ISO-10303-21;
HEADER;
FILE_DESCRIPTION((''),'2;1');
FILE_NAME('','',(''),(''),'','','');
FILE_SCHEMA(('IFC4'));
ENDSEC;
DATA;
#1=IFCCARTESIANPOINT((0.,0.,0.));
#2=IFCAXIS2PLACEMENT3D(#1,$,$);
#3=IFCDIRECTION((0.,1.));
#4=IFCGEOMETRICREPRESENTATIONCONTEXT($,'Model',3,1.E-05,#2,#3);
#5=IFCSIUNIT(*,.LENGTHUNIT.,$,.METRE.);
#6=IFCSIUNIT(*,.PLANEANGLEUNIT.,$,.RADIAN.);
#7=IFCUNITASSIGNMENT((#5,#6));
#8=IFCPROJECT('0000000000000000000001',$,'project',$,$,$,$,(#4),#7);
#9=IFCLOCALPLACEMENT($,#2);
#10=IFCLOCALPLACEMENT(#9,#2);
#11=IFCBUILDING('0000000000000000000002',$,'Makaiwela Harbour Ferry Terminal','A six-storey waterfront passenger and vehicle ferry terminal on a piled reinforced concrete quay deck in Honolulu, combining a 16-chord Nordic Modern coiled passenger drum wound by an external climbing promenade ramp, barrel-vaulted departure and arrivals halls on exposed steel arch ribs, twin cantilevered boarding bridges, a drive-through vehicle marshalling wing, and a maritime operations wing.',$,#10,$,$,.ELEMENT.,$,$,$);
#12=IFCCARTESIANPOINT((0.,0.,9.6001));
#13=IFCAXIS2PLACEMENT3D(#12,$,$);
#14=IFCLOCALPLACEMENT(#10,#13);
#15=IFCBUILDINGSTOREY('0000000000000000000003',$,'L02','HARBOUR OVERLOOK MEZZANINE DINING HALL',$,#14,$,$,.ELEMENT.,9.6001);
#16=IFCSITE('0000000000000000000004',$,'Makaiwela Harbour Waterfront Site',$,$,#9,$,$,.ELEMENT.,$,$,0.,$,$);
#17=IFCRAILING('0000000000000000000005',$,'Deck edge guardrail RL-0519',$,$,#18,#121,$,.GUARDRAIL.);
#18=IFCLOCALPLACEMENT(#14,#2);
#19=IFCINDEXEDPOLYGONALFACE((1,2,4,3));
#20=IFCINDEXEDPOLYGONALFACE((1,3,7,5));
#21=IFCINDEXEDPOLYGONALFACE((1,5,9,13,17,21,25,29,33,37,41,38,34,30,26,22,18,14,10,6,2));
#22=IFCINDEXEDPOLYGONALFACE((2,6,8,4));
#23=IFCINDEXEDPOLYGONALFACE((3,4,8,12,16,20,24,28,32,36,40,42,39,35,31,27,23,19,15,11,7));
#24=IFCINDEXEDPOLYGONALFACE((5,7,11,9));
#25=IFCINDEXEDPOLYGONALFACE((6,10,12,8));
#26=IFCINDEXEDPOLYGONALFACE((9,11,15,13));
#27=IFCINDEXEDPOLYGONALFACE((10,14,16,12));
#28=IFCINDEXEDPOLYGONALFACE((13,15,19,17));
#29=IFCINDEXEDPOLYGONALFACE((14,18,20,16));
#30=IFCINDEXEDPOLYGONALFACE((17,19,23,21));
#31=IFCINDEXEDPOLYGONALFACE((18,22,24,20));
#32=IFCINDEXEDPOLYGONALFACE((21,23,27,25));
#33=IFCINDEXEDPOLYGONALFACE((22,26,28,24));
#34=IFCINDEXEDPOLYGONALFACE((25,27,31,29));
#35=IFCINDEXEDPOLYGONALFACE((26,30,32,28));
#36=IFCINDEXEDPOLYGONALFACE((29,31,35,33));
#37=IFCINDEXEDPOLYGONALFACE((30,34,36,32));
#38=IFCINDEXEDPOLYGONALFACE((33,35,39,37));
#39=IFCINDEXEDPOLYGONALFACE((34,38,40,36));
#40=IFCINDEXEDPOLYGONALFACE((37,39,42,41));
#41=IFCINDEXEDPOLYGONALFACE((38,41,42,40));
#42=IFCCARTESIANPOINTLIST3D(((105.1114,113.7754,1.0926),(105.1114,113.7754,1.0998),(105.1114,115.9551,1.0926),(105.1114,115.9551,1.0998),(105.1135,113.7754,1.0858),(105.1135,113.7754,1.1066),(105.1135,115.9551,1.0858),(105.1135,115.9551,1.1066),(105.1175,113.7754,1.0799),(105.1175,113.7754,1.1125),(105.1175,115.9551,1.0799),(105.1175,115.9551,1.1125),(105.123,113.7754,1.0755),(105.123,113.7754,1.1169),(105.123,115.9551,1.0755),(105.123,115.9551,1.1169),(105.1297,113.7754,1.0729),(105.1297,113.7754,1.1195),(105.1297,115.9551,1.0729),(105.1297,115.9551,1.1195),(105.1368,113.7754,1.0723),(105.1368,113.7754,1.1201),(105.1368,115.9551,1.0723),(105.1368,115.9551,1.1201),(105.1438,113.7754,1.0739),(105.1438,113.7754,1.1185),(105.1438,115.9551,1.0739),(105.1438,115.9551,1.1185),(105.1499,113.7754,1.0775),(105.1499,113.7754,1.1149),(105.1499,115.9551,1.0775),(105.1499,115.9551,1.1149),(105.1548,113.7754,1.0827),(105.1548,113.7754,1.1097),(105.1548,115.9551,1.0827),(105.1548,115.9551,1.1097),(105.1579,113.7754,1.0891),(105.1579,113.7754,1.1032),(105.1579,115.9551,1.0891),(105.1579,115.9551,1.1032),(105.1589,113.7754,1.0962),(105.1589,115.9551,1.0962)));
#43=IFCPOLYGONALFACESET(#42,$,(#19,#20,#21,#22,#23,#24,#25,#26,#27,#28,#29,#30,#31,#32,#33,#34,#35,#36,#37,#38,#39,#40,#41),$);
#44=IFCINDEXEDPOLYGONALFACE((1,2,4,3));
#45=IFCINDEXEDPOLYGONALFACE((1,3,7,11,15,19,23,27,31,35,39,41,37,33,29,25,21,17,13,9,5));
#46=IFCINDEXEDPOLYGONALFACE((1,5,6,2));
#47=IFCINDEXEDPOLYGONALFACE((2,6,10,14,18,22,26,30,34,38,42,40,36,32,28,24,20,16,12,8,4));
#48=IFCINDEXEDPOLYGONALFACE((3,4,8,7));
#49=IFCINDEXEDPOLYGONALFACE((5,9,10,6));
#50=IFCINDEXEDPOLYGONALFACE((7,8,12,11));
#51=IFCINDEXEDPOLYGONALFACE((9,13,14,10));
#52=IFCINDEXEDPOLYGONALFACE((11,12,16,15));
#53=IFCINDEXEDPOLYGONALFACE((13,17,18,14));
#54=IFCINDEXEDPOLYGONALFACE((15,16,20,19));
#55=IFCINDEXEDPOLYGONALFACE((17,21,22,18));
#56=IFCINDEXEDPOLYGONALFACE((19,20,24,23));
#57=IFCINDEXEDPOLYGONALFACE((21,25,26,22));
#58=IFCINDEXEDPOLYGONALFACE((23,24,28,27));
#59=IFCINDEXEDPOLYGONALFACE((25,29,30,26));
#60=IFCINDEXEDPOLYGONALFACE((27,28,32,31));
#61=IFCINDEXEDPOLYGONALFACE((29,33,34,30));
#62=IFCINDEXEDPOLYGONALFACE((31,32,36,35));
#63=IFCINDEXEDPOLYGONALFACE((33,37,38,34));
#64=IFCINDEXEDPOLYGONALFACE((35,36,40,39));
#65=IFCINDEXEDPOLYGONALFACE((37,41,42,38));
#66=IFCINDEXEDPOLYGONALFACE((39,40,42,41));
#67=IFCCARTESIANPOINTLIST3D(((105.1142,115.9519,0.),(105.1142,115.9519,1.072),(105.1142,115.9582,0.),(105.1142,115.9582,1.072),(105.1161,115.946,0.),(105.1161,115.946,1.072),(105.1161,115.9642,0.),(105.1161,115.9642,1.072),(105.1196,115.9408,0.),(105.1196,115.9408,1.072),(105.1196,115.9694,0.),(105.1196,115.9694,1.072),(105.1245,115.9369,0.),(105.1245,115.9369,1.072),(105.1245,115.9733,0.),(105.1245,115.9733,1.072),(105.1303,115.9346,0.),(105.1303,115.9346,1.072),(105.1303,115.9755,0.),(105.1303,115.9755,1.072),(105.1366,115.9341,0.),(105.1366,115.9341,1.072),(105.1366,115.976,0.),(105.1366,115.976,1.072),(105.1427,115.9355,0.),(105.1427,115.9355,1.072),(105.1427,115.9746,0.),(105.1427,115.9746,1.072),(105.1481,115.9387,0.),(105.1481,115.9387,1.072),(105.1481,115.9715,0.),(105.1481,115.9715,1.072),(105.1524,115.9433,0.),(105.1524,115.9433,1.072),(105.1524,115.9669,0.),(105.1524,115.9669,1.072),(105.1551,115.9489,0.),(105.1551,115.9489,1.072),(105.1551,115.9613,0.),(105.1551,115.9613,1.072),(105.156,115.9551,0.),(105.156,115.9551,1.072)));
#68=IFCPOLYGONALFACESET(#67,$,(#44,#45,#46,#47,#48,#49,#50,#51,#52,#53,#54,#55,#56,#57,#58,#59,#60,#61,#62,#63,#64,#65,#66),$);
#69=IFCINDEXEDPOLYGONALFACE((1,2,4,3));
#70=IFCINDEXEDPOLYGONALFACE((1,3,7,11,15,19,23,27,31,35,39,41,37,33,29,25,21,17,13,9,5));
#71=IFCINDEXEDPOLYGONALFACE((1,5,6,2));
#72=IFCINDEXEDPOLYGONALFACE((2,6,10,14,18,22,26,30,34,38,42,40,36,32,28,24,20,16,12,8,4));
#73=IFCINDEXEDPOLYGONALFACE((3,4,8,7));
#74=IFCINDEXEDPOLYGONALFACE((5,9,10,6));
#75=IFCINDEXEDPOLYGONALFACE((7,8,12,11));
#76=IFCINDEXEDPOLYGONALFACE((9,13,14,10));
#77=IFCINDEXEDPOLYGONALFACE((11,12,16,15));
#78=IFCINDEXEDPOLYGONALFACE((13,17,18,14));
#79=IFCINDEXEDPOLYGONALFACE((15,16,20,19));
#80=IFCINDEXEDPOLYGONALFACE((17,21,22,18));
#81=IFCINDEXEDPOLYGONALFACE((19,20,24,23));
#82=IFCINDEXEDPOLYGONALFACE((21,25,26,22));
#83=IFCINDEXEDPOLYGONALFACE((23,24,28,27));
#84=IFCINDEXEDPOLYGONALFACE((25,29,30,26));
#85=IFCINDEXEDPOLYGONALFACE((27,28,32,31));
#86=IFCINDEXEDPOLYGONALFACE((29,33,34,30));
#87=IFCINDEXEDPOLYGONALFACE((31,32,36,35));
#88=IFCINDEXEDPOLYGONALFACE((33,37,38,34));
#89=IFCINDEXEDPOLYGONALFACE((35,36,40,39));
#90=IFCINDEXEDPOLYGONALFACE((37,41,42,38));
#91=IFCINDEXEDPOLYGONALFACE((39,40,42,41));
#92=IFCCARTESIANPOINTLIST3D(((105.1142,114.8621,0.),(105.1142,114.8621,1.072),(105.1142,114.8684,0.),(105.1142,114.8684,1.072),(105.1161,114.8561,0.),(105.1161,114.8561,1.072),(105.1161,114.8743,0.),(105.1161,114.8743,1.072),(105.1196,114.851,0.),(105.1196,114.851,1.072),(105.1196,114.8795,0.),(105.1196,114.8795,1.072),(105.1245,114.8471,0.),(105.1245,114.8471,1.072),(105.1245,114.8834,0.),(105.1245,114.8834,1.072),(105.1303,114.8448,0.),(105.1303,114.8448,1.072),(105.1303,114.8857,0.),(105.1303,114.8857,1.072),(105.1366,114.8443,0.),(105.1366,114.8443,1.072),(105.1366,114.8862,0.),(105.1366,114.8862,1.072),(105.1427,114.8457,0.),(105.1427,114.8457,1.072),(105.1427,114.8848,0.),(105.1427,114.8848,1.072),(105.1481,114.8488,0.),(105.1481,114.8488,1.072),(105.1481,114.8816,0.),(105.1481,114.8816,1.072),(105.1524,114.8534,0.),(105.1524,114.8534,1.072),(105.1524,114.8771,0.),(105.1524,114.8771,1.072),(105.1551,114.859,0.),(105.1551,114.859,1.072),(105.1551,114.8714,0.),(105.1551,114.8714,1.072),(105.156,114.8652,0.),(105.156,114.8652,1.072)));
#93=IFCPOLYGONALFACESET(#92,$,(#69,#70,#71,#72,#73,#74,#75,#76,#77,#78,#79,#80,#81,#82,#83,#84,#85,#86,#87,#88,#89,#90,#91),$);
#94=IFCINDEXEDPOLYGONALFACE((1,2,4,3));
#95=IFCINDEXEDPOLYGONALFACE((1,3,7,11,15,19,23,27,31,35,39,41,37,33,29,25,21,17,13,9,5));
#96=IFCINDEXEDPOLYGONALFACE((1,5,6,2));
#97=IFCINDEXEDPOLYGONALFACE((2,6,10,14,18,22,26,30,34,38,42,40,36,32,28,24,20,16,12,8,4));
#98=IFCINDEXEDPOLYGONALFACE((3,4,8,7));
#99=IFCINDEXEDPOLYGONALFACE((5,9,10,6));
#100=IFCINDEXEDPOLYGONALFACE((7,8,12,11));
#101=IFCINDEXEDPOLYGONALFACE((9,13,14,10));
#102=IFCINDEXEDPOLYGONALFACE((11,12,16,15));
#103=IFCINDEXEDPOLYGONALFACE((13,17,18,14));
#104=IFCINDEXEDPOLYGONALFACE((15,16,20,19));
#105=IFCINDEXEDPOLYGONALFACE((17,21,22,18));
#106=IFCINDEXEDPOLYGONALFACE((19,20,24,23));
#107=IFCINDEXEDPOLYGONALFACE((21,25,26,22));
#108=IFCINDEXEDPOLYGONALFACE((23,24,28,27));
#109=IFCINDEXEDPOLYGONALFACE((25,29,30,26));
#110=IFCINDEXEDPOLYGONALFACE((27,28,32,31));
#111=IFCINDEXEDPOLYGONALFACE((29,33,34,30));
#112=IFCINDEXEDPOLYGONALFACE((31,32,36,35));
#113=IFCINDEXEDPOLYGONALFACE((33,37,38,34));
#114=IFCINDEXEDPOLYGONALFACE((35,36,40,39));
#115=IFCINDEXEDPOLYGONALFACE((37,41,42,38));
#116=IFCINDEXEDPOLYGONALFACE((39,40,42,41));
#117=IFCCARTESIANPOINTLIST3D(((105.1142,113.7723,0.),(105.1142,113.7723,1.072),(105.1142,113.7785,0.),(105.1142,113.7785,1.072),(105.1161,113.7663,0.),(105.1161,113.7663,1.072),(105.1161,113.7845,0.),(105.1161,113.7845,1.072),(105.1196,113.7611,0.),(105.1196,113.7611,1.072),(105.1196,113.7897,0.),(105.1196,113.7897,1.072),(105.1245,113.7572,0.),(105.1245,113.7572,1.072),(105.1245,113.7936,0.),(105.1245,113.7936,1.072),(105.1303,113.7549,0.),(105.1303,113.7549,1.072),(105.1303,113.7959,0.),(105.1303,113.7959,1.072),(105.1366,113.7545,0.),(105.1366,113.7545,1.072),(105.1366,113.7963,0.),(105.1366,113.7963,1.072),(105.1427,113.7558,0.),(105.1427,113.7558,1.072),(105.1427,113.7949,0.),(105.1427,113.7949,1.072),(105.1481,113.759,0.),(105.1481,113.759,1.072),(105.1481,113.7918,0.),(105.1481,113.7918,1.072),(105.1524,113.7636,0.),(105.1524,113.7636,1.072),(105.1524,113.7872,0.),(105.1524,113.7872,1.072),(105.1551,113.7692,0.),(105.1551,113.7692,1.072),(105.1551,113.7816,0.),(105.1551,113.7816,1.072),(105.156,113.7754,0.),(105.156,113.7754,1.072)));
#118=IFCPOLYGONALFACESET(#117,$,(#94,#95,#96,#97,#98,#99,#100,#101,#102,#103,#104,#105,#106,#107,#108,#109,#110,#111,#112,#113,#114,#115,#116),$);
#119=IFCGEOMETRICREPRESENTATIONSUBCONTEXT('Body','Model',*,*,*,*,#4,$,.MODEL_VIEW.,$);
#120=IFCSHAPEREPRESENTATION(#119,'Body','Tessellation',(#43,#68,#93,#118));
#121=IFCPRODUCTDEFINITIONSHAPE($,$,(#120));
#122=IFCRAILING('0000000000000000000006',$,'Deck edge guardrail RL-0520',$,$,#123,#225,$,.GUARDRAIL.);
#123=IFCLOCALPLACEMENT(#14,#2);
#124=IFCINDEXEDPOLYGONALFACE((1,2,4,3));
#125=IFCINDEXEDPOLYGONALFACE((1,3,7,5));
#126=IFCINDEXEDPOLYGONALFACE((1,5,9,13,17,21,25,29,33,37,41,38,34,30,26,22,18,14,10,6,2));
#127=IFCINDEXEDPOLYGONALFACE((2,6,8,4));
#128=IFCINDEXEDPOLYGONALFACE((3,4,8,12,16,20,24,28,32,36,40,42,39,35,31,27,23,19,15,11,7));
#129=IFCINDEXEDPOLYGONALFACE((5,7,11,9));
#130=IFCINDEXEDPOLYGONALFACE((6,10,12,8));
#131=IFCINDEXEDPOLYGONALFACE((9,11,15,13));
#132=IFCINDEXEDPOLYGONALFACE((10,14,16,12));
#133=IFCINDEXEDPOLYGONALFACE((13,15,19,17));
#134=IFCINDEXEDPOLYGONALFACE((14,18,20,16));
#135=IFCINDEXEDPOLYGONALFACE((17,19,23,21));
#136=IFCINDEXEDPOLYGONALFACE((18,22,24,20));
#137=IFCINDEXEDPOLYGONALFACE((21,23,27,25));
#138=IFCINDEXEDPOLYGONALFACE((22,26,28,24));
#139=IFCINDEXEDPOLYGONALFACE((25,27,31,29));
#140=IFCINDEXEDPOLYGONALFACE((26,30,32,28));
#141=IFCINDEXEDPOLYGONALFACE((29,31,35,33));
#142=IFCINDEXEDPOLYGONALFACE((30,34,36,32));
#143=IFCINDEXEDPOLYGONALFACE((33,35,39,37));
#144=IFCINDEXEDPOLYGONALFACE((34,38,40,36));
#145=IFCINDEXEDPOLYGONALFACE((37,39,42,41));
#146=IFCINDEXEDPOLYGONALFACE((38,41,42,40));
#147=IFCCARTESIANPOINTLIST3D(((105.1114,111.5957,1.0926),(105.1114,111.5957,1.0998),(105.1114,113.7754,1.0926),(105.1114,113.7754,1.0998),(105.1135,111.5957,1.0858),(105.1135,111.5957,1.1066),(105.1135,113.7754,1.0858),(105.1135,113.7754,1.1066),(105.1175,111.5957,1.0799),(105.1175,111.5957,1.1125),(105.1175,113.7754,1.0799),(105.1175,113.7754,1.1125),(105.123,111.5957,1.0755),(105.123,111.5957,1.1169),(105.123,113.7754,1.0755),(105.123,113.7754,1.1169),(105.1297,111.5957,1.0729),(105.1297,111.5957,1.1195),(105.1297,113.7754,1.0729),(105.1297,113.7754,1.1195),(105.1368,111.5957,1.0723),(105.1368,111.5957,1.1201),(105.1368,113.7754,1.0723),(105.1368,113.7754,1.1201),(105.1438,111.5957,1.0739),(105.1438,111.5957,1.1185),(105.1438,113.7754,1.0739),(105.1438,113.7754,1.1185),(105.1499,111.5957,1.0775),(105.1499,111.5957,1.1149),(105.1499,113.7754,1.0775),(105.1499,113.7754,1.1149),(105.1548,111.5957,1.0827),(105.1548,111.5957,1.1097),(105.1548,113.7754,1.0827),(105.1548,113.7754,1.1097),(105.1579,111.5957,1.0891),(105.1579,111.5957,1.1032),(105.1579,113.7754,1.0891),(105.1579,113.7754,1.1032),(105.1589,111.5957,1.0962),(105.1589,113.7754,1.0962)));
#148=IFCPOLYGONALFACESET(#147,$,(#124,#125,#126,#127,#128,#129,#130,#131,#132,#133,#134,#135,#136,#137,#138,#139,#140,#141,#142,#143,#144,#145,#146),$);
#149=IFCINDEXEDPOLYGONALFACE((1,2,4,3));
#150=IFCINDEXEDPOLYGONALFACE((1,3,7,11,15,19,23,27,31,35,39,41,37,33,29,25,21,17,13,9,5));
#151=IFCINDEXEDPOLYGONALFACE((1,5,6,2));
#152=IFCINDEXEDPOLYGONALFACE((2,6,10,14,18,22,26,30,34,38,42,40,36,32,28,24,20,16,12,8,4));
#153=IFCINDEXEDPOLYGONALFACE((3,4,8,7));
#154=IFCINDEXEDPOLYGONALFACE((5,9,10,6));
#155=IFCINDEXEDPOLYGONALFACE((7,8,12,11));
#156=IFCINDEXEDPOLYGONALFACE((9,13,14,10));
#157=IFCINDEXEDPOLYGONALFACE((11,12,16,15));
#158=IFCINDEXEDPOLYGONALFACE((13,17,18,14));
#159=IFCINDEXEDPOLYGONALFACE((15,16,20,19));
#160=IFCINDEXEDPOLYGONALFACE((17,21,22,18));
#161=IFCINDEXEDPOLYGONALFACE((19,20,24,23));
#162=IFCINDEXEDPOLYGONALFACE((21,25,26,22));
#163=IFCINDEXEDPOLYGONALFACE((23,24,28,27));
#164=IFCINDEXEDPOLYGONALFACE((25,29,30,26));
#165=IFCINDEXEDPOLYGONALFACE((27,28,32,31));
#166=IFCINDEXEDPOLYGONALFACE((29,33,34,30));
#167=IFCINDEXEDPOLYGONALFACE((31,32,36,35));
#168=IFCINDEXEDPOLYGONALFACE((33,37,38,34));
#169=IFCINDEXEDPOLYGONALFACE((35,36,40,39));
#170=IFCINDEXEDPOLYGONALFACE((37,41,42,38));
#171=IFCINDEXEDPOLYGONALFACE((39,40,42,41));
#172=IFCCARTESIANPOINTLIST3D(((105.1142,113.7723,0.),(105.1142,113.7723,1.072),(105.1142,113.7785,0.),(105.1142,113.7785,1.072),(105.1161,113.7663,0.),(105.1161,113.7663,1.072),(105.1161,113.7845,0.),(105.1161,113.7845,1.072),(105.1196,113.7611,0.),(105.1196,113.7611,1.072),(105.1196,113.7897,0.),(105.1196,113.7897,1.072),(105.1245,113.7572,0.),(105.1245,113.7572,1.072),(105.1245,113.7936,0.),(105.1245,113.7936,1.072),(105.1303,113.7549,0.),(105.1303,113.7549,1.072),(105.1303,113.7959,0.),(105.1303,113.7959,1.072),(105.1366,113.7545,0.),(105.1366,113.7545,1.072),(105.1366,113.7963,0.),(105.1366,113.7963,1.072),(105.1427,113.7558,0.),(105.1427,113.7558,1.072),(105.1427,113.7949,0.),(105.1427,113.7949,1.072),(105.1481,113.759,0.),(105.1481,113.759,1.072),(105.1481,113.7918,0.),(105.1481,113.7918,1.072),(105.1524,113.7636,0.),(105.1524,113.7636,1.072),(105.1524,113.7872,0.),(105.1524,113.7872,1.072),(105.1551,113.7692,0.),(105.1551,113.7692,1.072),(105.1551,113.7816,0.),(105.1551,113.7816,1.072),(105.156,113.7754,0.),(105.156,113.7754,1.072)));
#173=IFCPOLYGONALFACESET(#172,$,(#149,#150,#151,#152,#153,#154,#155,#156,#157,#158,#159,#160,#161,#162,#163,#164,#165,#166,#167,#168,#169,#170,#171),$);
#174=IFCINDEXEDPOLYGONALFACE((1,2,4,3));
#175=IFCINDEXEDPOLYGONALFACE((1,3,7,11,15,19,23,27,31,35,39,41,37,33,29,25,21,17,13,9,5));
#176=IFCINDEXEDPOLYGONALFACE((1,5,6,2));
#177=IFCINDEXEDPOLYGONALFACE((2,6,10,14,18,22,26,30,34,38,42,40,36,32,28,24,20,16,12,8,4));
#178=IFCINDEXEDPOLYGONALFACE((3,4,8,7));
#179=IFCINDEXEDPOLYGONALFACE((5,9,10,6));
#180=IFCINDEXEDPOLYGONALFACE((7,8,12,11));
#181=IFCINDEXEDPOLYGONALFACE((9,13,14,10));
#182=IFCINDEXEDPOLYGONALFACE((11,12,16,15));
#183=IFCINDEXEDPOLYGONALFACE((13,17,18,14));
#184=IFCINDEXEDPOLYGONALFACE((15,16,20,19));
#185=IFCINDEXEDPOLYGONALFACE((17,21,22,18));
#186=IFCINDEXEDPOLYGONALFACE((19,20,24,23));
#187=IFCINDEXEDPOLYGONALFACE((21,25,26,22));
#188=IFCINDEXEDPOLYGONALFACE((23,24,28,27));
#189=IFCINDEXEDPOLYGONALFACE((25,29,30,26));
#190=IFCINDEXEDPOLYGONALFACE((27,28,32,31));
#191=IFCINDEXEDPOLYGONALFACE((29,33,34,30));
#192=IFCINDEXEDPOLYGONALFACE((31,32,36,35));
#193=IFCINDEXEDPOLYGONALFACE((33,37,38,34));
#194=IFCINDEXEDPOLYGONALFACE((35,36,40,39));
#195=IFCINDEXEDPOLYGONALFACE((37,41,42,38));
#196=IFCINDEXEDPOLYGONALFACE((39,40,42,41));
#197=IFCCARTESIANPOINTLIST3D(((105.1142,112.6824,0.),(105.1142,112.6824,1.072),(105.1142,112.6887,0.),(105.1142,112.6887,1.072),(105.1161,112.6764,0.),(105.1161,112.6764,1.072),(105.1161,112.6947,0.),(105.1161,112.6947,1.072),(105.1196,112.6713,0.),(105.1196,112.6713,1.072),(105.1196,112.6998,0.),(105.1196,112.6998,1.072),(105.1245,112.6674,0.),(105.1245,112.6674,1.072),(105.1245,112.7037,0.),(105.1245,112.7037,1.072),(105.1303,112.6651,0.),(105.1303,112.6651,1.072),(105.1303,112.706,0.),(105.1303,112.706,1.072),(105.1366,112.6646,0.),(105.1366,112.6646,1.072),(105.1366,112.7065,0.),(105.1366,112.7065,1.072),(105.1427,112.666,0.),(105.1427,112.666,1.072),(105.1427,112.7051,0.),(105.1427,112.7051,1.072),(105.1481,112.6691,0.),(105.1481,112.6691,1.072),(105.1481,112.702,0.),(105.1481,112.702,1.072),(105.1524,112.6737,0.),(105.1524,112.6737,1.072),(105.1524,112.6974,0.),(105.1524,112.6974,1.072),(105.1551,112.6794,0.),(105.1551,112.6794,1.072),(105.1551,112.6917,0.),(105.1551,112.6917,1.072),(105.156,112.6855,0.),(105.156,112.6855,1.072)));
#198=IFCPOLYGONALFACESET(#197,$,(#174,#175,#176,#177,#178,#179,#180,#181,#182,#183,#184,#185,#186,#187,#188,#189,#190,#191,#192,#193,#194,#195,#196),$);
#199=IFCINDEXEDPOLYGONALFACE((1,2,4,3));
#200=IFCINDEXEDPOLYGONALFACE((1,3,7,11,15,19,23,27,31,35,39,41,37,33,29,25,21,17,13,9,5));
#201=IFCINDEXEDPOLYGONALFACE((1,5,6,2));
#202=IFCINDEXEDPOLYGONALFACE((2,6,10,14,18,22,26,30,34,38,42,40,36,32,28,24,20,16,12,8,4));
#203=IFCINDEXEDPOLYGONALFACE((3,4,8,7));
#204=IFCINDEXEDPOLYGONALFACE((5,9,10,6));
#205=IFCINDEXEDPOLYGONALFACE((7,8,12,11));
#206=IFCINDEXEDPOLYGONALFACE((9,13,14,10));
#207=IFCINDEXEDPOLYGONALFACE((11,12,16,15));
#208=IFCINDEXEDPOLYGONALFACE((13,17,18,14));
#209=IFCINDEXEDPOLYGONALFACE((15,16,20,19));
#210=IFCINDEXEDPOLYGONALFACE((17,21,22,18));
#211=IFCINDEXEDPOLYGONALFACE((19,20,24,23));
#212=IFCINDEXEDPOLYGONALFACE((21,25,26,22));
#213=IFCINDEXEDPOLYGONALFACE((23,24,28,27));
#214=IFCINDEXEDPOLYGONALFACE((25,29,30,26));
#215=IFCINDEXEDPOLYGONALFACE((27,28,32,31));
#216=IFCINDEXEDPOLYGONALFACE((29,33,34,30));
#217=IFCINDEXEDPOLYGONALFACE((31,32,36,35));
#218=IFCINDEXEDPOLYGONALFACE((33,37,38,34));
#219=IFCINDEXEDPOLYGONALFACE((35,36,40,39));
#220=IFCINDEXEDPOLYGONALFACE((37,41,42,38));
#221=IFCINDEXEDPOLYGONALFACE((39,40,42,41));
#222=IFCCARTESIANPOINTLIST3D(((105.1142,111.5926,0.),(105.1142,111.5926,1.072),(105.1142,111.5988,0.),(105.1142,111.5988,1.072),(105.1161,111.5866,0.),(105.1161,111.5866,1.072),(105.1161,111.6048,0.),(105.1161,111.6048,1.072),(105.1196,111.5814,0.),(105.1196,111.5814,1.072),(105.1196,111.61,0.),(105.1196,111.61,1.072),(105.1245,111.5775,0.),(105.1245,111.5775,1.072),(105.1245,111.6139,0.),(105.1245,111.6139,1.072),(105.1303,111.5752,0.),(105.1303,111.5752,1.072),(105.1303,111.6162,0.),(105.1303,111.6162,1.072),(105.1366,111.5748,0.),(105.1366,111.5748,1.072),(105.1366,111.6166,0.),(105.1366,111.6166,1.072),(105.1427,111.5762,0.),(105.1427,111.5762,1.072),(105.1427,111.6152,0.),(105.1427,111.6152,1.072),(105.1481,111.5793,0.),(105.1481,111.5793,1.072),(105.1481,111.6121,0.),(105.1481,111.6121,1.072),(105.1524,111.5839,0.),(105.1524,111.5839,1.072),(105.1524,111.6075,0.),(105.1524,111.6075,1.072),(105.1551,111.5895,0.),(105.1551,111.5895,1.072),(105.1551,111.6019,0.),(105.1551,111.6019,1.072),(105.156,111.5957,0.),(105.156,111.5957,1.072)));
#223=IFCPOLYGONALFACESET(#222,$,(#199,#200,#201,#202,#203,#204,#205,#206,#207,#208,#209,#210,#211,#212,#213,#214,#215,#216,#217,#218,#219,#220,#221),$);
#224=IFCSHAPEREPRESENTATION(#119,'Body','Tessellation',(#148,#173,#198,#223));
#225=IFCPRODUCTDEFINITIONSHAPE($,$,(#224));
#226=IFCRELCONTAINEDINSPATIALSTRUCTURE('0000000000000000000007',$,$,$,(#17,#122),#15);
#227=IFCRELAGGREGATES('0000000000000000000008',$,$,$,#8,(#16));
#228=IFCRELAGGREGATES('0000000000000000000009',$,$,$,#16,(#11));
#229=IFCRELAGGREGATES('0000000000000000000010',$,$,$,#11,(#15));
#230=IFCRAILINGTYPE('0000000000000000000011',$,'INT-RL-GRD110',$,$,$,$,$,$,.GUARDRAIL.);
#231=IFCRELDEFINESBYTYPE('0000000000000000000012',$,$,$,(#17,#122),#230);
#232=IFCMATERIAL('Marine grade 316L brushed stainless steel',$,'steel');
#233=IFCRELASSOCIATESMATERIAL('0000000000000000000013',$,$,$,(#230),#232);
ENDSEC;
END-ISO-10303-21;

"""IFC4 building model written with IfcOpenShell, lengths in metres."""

from ifc_helpers import new_model, si_unit, direction, frame, origin, origin_2d, place, context, subcontext, project, spatial, circle, extrude, material, type_object, element, save


model = new_model("IFC4")

# Units and contexts
model_context = context("Model", 3, precision=1e-05, world=origin(), true_north=direction((0.0, 1.0)))
body_context = subcontext(model_context, "Body", "Model", "MODEL_VIEW")
ifc_project = project(units=[si_unit("LENGTHUNIT", "METRE"), si_unit("PLANEANGLEUNIT", "RADIAN")], contexts=[model_context])

# Site, building, storey
site_placement = place(None, origin())
site = spatial("IfcSite", under=ifc_project, at=site_placement, Name="Makaiwela Harbour Waterfront Site", CompositionType="ELEMENT", RefElevation=0.0)
building_placement = place(site_placement, origin())
building = spatial("IfcBuilding", under=site, at=building_placement, Name="Makaiwela Harbour Ferry Terminal", Description="A six-storey waterfront passenger and vehicle ferry terminal on a piled reinforced concrete quay deck in Honolulu, combining a 16-chord Nordic Modern coiled passenger drum wound by an external climbing promenade ramp, barrel-vaulted departure and arrivals halls on exposed steel arch ribs, twin cantilevered boarding bridges, a drive-through vehicle marshalling wing, and a maritime operations wing.", CompositionType="ELEMENT")
storey_placement = place(building_placement, frame((0.0, 0.0, 9.6001)))
storey = spatial("IfcBuildingStorey", under=building, at=storey_placement, Name="L02", Description="HARBOUR OVERLOOK MEZZANINE DINING HALL", CompositionType="ELEMENT", Elevation=9.6001)

# Railings
ifc_material_1 = material(Name="Marine grade 316L brushed stainless steel", Category="steel")
railing_type = type_object("IfcRailingType", Name="INT-RL-GRD110", PredefinedType="GUARDRAIL", material=ifc_material_1)
for number, where, name in (
    (1, (105.135, 115.9551, 0.0), "Deck edge guardrail RL-0519"),
    (2, (105.135, 113.7754, 0.0), "Deck edge guardrail RL-0520"),
):
    element("IfcRailing", number, at=place(storey_placement, frame(where)), inside=storey, type_object=railing_type, Name=name, PredefinedType="GUARDRAIL", context=body_context, shape_type="SweptSolid", body=[
        extrude(circle(Radius=0.0239, at=origin_2d()), frame((0.0, 0.0, 1.0962), z_axis=(0.0, -1.0, 0.0), x_axis=(1.0, 0.0, 0.0)), (0.0, 0.0, 1.0), 2.1797),
        extrude(circle(Radius=0.021, at=origin_2d()), origin(), (0.0, 0.0, 1.0), 1.072),
        extrude(circle(Radius=0.021, at=origin_2d()), frame((0.0, -1.0898, 0.0)), (0.0, 0.0, 1.0), 1.072),
        extrude(circle(Radius=0.021, at=origin_2d()), frame((0.0, -2.1797, 0.0)), (0.0, 0.0, 1.0), 1.072),
    ])

save(model, "model.ifc")
